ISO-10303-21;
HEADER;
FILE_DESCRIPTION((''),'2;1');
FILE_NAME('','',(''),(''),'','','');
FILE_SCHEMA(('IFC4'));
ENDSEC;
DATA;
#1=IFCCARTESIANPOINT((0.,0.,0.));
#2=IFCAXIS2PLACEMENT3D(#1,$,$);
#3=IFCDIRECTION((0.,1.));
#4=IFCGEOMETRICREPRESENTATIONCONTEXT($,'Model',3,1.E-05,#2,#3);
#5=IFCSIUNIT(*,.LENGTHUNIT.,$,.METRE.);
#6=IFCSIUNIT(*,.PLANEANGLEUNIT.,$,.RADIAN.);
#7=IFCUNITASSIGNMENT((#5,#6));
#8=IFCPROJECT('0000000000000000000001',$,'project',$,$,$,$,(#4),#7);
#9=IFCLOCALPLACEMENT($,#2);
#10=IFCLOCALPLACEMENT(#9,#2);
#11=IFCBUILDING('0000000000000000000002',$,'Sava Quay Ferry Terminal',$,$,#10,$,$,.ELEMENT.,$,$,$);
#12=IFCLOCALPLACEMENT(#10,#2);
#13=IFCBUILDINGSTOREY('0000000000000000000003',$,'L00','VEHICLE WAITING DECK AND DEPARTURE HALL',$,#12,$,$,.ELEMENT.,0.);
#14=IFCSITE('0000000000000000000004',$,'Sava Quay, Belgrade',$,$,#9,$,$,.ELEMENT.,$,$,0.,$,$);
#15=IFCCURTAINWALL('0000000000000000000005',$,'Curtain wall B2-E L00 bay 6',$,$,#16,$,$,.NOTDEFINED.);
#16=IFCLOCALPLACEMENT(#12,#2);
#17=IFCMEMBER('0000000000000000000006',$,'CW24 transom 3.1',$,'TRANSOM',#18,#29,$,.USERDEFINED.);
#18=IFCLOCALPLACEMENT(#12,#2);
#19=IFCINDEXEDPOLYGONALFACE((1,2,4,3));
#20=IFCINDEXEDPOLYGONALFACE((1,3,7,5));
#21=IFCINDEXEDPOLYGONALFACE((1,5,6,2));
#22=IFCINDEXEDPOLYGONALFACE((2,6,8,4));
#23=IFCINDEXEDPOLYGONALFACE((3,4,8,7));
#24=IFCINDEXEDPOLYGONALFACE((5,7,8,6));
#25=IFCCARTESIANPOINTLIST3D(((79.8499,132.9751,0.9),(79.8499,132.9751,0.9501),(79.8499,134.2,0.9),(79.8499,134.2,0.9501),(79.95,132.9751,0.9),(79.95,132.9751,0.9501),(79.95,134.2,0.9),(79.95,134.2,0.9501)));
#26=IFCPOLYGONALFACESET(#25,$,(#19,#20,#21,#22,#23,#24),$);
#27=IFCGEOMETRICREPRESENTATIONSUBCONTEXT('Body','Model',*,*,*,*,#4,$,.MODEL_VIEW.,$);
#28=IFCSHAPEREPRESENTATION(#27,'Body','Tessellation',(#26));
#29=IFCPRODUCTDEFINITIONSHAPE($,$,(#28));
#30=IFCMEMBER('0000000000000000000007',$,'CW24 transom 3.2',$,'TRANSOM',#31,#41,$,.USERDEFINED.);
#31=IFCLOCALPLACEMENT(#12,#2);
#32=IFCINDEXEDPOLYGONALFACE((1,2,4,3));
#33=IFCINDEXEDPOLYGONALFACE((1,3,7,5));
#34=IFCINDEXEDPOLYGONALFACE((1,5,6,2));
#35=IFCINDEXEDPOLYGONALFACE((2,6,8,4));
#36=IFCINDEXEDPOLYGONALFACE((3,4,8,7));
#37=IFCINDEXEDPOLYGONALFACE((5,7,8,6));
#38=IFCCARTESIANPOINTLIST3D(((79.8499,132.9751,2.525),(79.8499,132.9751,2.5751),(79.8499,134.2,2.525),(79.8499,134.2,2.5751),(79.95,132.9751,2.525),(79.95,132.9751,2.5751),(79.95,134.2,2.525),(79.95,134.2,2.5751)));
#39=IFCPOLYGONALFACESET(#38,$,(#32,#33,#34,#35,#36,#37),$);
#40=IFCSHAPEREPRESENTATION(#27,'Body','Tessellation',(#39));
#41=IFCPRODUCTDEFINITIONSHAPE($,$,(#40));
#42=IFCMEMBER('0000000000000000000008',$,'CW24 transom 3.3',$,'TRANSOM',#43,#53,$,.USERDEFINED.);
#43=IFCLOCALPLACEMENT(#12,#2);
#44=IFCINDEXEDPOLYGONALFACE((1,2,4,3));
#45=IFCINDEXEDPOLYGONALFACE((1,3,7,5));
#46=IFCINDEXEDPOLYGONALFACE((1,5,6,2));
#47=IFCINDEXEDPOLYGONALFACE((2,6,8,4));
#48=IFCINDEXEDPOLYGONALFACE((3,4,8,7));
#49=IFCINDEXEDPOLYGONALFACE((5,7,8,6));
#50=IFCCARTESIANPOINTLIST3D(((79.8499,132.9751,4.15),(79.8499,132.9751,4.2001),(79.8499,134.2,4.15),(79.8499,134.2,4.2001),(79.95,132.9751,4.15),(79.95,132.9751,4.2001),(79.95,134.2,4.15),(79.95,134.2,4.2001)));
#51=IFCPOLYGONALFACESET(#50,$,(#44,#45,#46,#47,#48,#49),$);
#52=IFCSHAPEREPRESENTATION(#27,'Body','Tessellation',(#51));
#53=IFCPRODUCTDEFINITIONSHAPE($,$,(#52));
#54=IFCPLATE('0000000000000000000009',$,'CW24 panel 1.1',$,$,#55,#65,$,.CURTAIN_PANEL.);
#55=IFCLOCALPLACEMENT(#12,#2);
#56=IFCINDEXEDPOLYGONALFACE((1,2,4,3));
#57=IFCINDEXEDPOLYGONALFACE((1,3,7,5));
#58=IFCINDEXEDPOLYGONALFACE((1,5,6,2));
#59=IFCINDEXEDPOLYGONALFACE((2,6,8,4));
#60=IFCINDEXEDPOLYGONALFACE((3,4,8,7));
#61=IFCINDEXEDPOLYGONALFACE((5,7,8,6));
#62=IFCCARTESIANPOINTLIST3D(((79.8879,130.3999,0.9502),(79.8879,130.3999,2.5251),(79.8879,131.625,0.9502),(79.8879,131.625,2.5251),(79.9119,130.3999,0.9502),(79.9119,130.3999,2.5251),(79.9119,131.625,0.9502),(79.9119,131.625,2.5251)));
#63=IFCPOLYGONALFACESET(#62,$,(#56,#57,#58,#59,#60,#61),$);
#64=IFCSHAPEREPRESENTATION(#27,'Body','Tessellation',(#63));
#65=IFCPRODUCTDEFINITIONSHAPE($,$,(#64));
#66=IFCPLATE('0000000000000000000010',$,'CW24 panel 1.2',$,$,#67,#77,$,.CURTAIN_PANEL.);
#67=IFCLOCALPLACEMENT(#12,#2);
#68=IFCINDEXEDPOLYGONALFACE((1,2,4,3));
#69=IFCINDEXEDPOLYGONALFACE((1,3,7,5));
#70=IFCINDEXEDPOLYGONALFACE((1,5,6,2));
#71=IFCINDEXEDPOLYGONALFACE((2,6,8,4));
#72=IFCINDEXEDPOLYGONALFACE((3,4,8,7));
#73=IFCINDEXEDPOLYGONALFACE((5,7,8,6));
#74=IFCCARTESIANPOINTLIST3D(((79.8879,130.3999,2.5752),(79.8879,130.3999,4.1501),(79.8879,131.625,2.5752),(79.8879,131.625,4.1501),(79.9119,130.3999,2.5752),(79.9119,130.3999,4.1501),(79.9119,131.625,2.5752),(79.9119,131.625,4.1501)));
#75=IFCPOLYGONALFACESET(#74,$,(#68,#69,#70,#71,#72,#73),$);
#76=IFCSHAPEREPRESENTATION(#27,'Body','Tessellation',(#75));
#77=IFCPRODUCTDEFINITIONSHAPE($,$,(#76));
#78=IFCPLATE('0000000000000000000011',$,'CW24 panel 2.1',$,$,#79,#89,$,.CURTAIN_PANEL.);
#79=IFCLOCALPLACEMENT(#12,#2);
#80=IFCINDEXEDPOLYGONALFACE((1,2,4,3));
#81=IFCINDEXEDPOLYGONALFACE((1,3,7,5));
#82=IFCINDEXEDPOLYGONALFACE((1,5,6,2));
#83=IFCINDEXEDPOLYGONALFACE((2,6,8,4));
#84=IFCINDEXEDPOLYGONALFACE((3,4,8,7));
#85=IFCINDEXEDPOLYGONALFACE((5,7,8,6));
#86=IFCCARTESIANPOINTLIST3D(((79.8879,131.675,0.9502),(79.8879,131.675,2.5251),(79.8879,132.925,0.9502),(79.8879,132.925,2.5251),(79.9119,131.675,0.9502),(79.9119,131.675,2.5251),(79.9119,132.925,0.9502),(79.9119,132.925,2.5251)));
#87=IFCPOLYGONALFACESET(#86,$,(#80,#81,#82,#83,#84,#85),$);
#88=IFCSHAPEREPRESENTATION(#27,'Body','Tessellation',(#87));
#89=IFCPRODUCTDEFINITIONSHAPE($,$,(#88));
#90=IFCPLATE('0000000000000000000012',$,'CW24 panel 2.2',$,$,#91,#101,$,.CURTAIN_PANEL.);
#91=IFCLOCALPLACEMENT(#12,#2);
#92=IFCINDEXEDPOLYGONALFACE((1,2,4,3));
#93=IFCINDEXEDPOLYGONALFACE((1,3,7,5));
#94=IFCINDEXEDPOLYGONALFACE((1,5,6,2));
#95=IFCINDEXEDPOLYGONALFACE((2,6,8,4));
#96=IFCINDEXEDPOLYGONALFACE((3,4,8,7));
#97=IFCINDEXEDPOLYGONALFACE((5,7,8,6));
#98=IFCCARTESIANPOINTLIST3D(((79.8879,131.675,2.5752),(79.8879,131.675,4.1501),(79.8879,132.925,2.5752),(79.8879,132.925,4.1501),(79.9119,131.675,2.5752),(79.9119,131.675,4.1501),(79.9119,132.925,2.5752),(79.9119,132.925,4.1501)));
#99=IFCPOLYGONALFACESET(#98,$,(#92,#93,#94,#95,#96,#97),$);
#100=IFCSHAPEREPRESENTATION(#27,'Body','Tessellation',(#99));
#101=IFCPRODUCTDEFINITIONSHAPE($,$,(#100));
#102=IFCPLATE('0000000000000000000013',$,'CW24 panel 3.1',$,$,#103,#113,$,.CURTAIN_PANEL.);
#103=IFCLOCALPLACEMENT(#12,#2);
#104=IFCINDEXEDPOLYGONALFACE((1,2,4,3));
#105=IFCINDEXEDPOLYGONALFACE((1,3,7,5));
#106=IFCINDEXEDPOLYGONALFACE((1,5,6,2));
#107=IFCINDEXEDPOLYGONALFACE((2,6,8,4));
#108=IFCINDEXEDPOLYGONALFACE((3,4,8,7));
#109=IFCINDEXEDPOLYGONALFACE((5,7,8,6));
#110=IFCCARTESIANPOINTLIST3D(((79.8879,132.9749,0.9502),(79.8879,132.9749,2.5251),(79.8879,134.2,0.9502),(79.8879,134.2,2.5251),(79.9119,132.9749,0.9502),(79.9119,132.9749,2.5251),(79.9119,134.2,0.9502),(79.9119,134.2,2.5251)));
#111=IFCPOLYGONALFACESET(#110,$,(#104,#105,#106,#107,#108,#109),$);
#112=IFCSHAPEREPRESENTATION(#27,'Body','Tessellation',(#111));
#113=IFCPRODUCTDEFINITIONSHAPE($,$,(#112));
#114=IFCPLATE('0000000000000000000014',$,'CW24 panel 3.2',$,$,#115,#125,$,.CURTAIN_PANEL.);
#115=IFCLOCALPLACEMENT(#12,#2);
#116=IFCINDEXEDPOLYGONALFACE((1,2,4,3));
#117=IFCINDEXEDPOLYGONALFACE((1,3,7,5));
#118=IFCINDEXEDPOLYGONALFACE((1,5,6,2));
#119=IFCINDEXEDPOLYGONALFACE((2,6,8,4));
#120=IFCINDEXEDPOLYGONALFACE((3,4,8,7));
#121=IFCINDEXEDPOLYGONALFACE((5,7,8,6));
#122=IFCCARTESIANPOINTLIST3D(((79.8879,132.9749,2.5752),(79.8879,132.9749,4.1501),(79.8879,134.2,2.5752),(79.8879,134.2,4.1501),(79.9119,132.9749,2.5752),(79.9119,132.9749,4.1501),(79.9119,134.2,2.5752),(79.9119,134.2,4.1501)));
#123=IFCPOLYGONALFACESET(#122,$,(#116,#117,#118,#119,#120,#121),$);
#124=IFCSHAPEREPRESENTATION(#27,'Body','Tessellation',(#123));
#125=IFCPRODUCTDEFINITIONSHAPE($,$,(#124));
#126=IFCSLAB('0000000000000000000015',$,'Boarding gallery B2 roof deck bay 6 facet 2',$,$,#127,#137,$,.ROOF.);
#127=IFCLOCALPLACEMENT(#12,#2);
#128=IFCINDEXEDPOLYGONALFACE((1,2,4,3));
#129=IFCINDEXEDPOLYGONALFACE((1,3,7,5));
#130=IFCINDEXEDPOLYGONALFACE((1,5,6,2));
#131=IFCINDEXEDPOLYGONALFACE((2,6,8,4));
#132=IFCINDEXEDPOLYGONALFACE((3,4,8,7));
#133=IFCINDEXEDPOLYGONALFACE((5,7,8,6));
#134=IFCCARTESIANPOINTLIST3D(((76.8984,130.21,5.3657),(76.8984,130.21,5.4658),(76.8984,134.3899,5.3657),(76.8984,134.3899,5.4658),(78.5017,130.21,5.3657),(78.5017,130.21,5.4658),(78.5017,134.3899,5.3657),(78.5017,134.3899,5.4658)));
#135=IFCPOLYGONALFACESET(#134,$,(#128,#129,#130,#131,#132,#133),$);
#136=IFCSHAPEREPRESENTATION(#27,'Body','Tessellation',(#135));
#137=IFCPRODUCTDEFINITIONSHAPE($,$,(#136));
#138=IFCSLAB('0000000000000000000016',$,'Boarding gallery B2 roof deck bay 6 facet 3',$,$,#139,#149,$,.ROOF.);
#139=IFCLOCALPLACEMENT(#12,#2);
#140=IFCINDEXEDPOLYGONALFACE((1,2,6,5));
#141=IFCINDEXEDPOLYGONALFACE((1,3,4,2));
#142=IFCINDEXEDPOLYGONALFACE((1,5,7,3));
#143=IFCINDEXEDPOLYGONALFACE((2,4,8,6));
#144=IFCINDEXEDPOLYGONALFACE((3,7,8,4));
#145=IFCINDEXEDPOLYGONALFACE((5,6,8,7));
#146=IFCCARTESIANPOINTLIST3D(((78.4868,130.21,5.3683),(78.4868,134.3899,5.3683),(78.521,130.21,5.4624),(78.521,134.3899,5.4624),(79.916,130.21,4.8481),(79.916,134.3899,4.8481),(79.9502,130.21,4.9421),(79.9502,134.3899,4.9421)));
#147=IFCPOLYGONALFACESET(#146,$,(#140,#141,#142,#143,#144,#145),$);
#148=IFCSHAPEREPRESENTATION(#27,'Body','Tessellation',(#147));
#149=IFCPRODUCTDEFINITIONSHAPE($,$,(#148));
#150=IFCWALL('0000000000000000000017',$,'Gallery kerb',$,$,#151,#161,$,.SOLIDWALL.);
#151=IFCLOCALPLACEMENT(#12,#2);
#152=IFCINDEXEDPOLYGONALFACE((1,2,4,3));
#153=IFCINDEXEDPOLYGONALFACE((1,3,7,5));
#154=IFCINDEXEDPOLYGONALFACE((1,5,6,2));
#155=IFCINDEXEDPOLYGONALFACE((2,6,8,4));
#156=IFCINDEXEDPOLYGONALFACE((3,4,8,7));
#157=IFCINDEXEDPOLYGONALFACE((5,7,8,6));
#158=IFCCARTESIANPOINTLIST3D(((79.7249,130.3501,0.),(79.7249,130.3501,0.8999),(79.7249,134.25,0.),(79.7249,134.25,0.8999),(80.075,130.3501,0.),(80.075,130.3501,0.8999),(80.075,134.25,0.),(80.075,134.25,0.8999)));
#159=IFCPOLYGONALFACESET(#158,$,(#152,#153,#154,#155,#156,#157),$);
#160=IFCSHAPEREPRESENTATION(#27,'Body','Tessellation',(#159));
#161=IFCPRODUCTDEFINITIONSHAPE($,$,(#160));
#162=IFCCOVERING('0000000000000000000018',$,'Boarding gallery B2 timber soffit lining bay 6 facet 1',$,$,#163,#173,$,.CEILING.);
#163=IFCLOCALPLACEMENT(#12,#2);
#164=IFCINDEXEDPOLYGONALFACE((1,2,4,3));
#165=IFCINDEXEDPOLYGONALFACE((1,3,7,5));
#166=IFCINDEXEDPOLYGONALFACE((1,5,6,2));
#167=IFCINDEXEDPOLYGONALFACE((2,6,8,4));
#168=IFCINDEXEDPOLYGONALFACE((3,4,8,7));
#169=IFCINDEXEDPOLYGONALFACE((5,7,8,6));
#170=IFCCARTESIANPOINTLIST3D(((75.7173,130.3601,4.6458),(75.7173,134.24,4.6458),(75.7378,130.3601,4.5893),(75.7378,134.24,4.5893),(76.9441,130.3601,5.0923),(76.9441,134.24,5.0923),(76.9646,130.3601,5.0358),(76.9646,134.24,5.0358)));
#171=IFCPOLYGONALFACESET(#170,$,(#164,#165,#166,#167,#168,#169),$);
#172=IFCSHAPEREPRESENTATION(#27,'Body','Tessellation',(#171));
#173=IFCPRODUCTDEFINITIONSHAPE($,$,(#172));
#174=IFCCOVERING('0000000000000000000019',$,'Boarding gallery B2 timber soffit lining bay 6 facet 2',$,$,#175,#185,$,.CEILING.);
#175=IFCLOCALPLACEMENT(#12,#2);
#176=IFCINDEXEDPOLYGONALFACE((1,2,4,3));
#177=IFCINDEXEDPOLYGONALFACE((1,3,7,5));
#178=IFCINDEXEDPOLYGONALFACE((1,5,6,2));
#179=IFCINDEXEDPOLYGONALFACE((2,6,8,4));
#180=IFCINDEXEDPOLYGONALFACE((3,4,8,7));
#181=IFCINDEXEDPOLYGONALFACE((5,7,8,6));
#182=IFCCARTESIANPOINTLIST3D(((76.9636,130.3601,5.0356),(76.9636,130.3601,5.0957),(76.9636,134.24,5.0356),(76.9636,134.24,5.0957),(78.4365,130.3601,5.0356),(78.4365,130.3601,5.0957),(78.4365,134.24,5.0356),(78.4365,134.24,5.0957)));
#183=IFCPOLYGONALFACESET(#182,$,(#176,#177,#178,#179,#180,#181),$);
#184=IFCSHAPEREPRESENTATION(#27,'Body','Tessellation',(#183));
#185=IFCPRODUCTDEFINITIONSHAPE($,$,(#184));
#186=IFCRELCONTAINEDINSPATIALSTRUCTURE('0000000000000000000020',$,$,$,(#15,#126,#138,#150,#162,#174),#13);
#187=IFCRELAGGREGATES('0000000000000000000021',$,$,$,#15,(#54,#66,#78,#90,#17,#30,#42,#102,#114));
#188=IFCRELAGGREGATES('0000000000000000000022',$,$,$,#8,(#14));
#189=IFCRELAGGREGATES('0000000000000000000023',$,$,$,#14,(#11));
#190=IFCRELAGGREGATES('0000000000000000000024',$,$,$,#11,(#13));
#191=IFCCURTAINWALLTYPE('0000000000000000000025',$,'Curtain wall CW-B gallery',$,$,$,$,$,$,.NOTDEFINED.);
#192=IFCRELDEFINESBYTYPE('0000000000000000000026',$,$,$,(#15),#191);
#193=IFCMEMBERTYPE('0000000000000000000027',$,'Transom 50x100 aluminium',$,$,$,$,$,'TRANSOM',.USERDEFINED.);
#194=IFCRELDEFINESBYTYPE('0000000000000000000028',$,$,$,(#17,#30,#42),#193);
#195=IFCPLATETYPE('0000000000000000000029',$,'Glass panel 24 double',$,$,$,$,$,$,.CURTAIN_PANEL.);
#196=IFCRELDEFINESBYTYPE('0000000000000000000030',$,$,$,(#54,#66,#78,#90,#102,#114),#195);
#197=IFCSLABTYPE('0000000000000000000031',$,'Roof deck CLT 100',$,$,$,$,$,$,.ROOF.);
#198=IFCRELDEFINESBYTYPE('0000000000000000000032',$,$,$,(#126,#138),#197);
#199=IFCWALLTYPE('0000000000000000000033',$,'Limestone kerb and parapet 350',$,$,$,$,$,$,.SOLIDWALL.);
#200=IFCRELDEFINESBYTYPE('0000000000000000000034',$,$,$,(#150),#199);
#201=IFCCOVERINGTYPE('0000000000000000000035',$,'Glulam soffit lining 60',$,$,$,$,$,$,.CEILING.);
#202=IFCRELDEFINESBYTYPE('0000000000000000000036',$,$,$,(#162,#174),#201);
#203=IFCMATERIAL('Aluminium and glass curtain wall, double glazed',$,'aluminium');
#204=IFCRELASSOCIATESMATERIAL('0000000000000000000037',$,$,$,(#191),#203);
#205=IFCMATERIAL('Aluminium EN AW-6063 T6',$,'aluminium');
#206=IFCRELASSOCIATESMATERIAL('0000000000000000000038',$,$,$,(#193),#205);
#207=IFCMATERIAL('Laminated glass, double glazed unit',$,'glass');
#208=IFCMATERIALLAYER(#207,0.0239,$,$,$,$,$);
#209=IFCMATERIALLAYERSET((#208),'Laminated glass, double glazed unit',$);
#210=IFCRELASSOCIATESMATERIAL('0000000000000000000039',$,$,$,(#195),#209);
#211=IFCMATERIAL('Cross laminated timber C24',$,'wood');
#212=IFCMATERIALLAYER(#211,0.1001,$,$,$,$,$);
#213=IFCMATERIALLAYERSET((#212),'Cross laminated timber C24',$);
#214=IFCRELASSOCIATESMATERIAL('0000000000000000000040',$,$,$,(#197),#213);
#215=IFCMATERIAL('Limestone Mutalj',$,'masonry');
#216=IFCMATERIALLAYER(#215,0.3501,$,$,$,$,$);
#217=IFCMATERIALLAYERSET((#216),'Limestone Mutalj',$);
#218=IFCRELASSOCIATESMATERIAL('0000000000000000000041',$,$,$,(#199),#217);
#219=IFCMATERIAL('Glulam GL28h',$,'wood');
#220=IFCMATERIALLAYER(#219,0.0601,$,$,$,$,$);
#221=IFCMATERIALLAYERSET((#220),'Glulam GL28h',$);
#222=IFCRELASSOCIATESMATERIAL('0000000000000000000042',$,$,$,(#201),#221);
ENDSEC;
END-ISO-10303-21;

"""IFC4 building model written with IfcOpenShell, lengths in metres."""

from ifc_helpers import new_model, si_unit, direction, frame, frame_2d, origin, origin_2d, place, context, subcontext, project, spatial, polyline, rectangle, outline, extrude, material, layer, layer_set, material_profile, profile_set, type_object, element, aggregate, save


model = new_model("IFC4")

# Units and contexts
model_context = context("Model", 3, precision=1e-05, world=origin(), true_north=direction((0.0, 1.0)))
body_context = subcontext(model_context, "Body", "Model", "MODEL_VIEW")
ifc_project = project(units=[si_unit("LENGTHUNIT", "METRE"), si_unit("PLANEANGLEUNIT", "RADIAN")], contexts=[model_context])

# Site, building, storey
site_placement = place(None, origin())
site = spatial("IfcSite", under=ifc_project, at=site_placement, Name="Sava Quay, Belgrade", CompositionType="ELEMENT", RefElevation=0.0)
building_placement = place(site_placement, origin())
building = spatial("IfcBuilding", under=site, at=building_placement, Name="Sava Quay Ferry Terminal", CompositionType="ELEMENT")
storey_placement = place(building_placement, origin())
storey = spatial("IfcBuildingStorey", under=building, at=storey_placement, Name="L00", Description="VEHICLE WAITING DECK AND DEPARTURE HALL", CompositionType="ELEMENT", Elevation=0.0)

# Curtain wall, members, plates
ifc_material_1 = material(Name="Aluminium and glass curtain wall, double glazed", Category="aluminium")
curtain_wall_type = type_object("IfcCurtainWallType", Name="Curtain wall CW-B gallery", PredefinedType="NOTDEFINED", material=ifc_material_1)
curtain_wall_placement = place(storey_placement, origin())
curtain_wall = element("IfcCurtainWall", 1, at=curtain_wall_placement, inside=storey, type_object=curtain_wall_type, Name="Curtain wall B2-E L00 bay 6", PredefinedType="NOTDEFINED")
ifc_material_2 = material(Name="Aluminium EN AW-6063 T6", Category="aluminium")
ifc_material_profile_1 = material_profile(ifc_material_2, rectangle(XDim=0.1001, YDim=0.05, at=origin_2d()), Name="Transom 50x100 aluminium")
ifc_profile_set_1 = profile_set([ifc_material_profile_1], Name="Aluminium EN AW-6063 T6")
member_type_1 = type_object("IfcMemberType", Name="Transom 50x100 aluminium", ElementType="TRANSOM", PredefinedType="USERDEFINED", material=ifc_profile_set_1)
member_1_placement = place(storey_placement, frame((79.8999, 132.9751, 0.925), z_axis=(0.0, 1.0, 0.0), x_axis=(-1.0, 0.0, 0.0)))
member_1 = element("IfcMember", 2, at=member_1_placement, type_object=member_type_1, Name="CW24 transom 3.1", ObjectType="TRANSOM", PredefinedType="USERDEFINED", context=body_context, shape_type="SweptSolid", body=[
    extrude(rectangle(XDim=0.1001, YDim=0.05, at=origin_2d()), origin(), (0.0, 0.0, 1.0), 1.2249),
])
member_2_placement = place(storey_placement, frame((79.8999, 132.9751, 2.55), z_axis=(0.0, 1.0, 0.0), x_axis=(-1.0, 0.0, 0.0)))
member_2 = element("IfcMember", 3, at=member_2_placement, type_object=member_type_1, Name="CW24 transom 3.2", ObjectType="TRANSOM", PredefinedType="USERDEFINED", context=body_context, shape_type="SweptSolid", body=[
    extrude(rectangle(XDim=0.1001, YDim=0.05, at=origin_2d()), origin(), (0.0, 0.0, 1.0), 1.2249),
])
member_3_placement = place(storey_placement, frame((79.8999, 132.9751, 4.175), z_axis=(0.0, 1.0, 0.0), x_axis=(-1.0, 0.0, 0.0)))
member_3 = element("IfcMember", 4, at=member_3_placement, type_object=member_type_1, Name="CW24 transom 3.3", ObjectType="TRANSOM", PredefinedType="USERDEFINED", context=body_context, shape_type="SweptSolid", body=[
    extrude(rectangle(XDim=0.1001, YDim=0.05, at=origin_2d()), origin(), (0.0, 0.0, 1.0), 1.2249),
])
ifc_material_3 = material(Name="Laminated glass, double glazed unit", Category="glass")
ifc_layer_1 = layer(ifc_material_3, 0.0239)
ifc_layer_set_1 = layer_set([ifc_layer_1], Name="Laminated glass, double glazed unit")
plate_type = type_object("IfcPlateType", Name="Glass panel 24 double", PredefinedType="CURTAIN_PANEL", material=ifc_layer_set_1)
plate_1_placement = place(storey_placement, frame((79.8999, 131.0125, 0.9502), z_axis=(0.0, 0.0, 1.0), x_axis=(0.0, 1.0, 0.0)))
plate_1 = element("IfcPlate", 5, at=plate_1_placement, type_object=plate_type, Name="CW24 panel 1.1", PredefinedType="CURTAIN_PANEL", context=body_context, shape_type="SweptSolid", body=[
    extrude(rectangle(XDim=1.2251, YDim=0.0239, at=origin_2d()), origin(), (0.0, 0.0, 1.0), 1.575),
])
plate_2_placement = place(storey_placement, frame((79.8999, 131.0125, 2.5752), z_axis=(0.0, 0.0, 1.0), x_axis=(0.0, 1.0, 0.0)))
plate_2 = element("IfcPlate", 6, at=plate_2_placement, type_object=plate_type, Name="CW24 panel 1.2", PredefinedType="CURTAIN_PANEL", context=body_context, shape_type="SweptSolid", body=[
    extrude(rectangle(XDim=1.2251, YDim=0.0239, at=origin_2d()), origin(), (0.0, 0.0, 1.0), 1.575),
])
plate_3_placement = place(storey_placement, frame((79.8999, 132.3, 0.9502), z_axis=(0.0, 0.0, 1.0), x_axis=(0.0, 1.0, 0.0)))
plate_3 = element("IfcPlate", 7, at=plate_3_placement, type_object=plate_type, Name="CW24 panel 2.1", PredefinedType="CURTAIN_PANEL", context=body_context, shape_type="SweptSolid", body=[
    extrude(rectangle(XDim=1.25, YDim=0.0239, at=origin_2d()), origin(), (0.0, 0.0, 1.0), 1.575),
])
plate_4_placement = place(storey_placement, frame((79.8999, 132.3, 2.5752), z_axis=(0.0, 0.0, 1.0), x_axis=(0.0, 1.0, 0.0)))
plate_4 = element("IfcPlate", 8, at=plate_4_placement, type_object=plate_type, Name="CW24 panel 2.2", PredefinedType="CURTAIN_PANEL", context=body_context, shape_type="SweptSolid", body=[
    extrude(rectangle(XDim=1.25, YDim=0.0239, at=origin_2d()), origin(), (0.0, 0.0, 1.0), 1.575),
])
plate_5_placement = place(storey_placement, frame((79.8999, 133.5874, 0.9502), z_axis=(0.0, 0.0, 1.0), x_axis=(0.0, 1.0, 0.0)))
plate_5 = element("IfcPlate", 9, at=plate_5_placement, type_object=plate_type, Name="CW24 panel 3.1", PredefinedType="CURTAIN_PANEL", context=body_context, shape_type="SweptSolid", body=[
    extrude(rectangle(XDim=1.2251, YDim=0.0239, at=origin_2d()), origin(), (0.0, 0.0, 1.0), 1.575),
])
plate_6_placement = place(storey_placement, frame((79.8999, 133.5874, 2.5752), z_axis=(0.0, 0.0, 1.0), x_axis=(0.0, 1.0, 0.0)))
plate_6 = element("IfcPlate", 10, at=plate_6_placement, type_object=plate_type, Name="CW24 panel 3.2", PredefinedType="CURTAIN_PANEL", context=body_context, shape_type="SweptSolid", body=[
    extrude(rectangle(XDim=1.2251, YDim=0.0239, at=origin_2d()), origin(), (0.0, 0.0, 1.0), 1.575),
])
aggregate(curtain_wall, [plate_1, plate_2, plate_3, plate_4, member_1, member_2, member_3, plate_5, plate_6])

# Slabs
ifc_material_4 = material(Name="Cross laminated timber C24", Category="wood")
ifc_layer_2 = layer(ifc_material_4, 0.1001)
ifc_layer_set_2 = layer_set([ifc_layer_2], Name="Cross laminated timber C24")
slab_type = type_object("IfcSlabType", Name="Roof deck CLT 100", PredefinedType="ROOF", material=ifc_layer_set_2)
slab_1_placement = place(storey_placement, frame((76.8984, 130.21, 5.4658), z_axis=(0.0, 0.0, 1.0), x_axis=(1.0, 0.0, 0.0)))
element("IfcSlab", 11, at=slab_1_placement, inside=storey, type_object=slab_type, Name="Boarding gallery B2 roof deck bay 6 facet 2", PredefinedType="ROOF", context=body_context, shape_type="SweptSolid", body=[
    extrude(outline(polyline([(0.0, 0.0), (1.6033, 0.0), (1.6033, 4.1799), (0.0, 4.1799), (0.0, 0.0)])), origin(), (0.0, 0.0, -1.0), 0.1001),
])
slab_2_placement = place(storey_placement, frame((78.521, 130.21, 5.4624), z_axis=(0.342065, 0.0, 0.939676), x_axis=(0.939676, 0.0, -0.342065)))
element("IfcSlab", 12, at=slab_2_placement, inside=storey, type_object=slab_type, Name="Boarding gallery B2 roof deck bay 6 facet 3", PredefinedType="ROOF", context=body_context, shape_type="SweptSolid", body=[
    extrude(outline(polyline([(0.0, 0.0), (1.5209, 0.0), (1.5209, 4.1799), (0.0, 4.1799), (0.0, 0.0)])), origin(), (0.0, 0.0, -1.0), 0.1001),
])

# Wall
ifc_material_5 = material(Name="Limestone Mutalj", Category="masonry")
ifc_layer_3 = layer(ifc_material_5, 0.3501)
ifc_layer_set_3 = layer_set([ifc_layer_3], Name="Limestone Mutalj")
wall_type = type_object("IfcWallType", Name="Limestone kerb and parapet 350", PredefinedType="SOLIDWALL", material=ifc_layer_set_3)
wall_placement = place(storey_placement, frame((79.8999, 130.3501, 0.0), z_axis=(0.0, 0.0, 1.0), x_axis=(0.0, 1.0, 0.0)))
element("IfcWall", 13, at=wall_placement, inside=storey, type_object=wall_type, Name="Gallery kerb", PredefinedType="SOLIDWALL", context=body_context, shape_type="SweptSolid", body=[
    extrude(rectangle(XDim=3.8999, YDim=0.3501, at=frame_2d((1.95, 0.0))), origin(), (0.0, 0.0, 1.0), 0.8999),
])

# Coverings
ifc_material_6 = material(Name="Glulam GL28h", Category="wood")
ifc_layer_4 = layer(ifc_material_6, 0.0601)
ifc_layer_set_4 = layer_set([ifc_layer_4], Name="Glulam GL28h")
covering_type_1 = type_object("IfcCoveringType", Name="Glulam soffit lining 60", PredefinedType="CEILING", material=ifc_layer_set_4)
covering_1_placement = place(storey_placement, frame((75.7173, 130.3601, 4.6458), z_axis=(-0.342028, 0.0, 0.93969), x_axis=(0.93969, 0.0, 0.342028)))
element("IfcCovering", 14, at=covering_1_placement, inside=storey, type_object=covering_type_1, Name="Boarding gallery B2 timber soffit lining bay 6 facet 1", PredefinedType="CEILING", context=body_context, shape_type="SweptSolid", body=[
    extrude(outline(polyline([(0.0, 0.0), (1.3055, 0.0), (1.3055, 3.8799), (0.0, 3.8799), (0.0, 0.0)])), origin(), (0.0, 0.0, -1.0), 0.0601),
])
covering_2_placement = place(storey_placement, frame((76.9636, 130.3601, 5.0957), z_axis=(0.0, 0.0, 1.0), x_axis=(1.0, 0.0, 0.0)))
element("IfcCovering", 15, at=covering_2_placement, inside=storey, type_object=covering_type_1, Name="Boarding gallery B2 timber soffit lining bay 6 facet 2", PredefinedType="CEILING", context=body_context, shape_type="SweptSolid", body=[
    extrude(outline(polyline([(0.0, 0.0), (1.4729, 0.0), (1.4729, 3.8799), (0.0, 3.8799), (0.0, 0.0)])), origin(), (0.0, 0.0, -1.0), 0.0601),
])

save(model, "model.ifc")
